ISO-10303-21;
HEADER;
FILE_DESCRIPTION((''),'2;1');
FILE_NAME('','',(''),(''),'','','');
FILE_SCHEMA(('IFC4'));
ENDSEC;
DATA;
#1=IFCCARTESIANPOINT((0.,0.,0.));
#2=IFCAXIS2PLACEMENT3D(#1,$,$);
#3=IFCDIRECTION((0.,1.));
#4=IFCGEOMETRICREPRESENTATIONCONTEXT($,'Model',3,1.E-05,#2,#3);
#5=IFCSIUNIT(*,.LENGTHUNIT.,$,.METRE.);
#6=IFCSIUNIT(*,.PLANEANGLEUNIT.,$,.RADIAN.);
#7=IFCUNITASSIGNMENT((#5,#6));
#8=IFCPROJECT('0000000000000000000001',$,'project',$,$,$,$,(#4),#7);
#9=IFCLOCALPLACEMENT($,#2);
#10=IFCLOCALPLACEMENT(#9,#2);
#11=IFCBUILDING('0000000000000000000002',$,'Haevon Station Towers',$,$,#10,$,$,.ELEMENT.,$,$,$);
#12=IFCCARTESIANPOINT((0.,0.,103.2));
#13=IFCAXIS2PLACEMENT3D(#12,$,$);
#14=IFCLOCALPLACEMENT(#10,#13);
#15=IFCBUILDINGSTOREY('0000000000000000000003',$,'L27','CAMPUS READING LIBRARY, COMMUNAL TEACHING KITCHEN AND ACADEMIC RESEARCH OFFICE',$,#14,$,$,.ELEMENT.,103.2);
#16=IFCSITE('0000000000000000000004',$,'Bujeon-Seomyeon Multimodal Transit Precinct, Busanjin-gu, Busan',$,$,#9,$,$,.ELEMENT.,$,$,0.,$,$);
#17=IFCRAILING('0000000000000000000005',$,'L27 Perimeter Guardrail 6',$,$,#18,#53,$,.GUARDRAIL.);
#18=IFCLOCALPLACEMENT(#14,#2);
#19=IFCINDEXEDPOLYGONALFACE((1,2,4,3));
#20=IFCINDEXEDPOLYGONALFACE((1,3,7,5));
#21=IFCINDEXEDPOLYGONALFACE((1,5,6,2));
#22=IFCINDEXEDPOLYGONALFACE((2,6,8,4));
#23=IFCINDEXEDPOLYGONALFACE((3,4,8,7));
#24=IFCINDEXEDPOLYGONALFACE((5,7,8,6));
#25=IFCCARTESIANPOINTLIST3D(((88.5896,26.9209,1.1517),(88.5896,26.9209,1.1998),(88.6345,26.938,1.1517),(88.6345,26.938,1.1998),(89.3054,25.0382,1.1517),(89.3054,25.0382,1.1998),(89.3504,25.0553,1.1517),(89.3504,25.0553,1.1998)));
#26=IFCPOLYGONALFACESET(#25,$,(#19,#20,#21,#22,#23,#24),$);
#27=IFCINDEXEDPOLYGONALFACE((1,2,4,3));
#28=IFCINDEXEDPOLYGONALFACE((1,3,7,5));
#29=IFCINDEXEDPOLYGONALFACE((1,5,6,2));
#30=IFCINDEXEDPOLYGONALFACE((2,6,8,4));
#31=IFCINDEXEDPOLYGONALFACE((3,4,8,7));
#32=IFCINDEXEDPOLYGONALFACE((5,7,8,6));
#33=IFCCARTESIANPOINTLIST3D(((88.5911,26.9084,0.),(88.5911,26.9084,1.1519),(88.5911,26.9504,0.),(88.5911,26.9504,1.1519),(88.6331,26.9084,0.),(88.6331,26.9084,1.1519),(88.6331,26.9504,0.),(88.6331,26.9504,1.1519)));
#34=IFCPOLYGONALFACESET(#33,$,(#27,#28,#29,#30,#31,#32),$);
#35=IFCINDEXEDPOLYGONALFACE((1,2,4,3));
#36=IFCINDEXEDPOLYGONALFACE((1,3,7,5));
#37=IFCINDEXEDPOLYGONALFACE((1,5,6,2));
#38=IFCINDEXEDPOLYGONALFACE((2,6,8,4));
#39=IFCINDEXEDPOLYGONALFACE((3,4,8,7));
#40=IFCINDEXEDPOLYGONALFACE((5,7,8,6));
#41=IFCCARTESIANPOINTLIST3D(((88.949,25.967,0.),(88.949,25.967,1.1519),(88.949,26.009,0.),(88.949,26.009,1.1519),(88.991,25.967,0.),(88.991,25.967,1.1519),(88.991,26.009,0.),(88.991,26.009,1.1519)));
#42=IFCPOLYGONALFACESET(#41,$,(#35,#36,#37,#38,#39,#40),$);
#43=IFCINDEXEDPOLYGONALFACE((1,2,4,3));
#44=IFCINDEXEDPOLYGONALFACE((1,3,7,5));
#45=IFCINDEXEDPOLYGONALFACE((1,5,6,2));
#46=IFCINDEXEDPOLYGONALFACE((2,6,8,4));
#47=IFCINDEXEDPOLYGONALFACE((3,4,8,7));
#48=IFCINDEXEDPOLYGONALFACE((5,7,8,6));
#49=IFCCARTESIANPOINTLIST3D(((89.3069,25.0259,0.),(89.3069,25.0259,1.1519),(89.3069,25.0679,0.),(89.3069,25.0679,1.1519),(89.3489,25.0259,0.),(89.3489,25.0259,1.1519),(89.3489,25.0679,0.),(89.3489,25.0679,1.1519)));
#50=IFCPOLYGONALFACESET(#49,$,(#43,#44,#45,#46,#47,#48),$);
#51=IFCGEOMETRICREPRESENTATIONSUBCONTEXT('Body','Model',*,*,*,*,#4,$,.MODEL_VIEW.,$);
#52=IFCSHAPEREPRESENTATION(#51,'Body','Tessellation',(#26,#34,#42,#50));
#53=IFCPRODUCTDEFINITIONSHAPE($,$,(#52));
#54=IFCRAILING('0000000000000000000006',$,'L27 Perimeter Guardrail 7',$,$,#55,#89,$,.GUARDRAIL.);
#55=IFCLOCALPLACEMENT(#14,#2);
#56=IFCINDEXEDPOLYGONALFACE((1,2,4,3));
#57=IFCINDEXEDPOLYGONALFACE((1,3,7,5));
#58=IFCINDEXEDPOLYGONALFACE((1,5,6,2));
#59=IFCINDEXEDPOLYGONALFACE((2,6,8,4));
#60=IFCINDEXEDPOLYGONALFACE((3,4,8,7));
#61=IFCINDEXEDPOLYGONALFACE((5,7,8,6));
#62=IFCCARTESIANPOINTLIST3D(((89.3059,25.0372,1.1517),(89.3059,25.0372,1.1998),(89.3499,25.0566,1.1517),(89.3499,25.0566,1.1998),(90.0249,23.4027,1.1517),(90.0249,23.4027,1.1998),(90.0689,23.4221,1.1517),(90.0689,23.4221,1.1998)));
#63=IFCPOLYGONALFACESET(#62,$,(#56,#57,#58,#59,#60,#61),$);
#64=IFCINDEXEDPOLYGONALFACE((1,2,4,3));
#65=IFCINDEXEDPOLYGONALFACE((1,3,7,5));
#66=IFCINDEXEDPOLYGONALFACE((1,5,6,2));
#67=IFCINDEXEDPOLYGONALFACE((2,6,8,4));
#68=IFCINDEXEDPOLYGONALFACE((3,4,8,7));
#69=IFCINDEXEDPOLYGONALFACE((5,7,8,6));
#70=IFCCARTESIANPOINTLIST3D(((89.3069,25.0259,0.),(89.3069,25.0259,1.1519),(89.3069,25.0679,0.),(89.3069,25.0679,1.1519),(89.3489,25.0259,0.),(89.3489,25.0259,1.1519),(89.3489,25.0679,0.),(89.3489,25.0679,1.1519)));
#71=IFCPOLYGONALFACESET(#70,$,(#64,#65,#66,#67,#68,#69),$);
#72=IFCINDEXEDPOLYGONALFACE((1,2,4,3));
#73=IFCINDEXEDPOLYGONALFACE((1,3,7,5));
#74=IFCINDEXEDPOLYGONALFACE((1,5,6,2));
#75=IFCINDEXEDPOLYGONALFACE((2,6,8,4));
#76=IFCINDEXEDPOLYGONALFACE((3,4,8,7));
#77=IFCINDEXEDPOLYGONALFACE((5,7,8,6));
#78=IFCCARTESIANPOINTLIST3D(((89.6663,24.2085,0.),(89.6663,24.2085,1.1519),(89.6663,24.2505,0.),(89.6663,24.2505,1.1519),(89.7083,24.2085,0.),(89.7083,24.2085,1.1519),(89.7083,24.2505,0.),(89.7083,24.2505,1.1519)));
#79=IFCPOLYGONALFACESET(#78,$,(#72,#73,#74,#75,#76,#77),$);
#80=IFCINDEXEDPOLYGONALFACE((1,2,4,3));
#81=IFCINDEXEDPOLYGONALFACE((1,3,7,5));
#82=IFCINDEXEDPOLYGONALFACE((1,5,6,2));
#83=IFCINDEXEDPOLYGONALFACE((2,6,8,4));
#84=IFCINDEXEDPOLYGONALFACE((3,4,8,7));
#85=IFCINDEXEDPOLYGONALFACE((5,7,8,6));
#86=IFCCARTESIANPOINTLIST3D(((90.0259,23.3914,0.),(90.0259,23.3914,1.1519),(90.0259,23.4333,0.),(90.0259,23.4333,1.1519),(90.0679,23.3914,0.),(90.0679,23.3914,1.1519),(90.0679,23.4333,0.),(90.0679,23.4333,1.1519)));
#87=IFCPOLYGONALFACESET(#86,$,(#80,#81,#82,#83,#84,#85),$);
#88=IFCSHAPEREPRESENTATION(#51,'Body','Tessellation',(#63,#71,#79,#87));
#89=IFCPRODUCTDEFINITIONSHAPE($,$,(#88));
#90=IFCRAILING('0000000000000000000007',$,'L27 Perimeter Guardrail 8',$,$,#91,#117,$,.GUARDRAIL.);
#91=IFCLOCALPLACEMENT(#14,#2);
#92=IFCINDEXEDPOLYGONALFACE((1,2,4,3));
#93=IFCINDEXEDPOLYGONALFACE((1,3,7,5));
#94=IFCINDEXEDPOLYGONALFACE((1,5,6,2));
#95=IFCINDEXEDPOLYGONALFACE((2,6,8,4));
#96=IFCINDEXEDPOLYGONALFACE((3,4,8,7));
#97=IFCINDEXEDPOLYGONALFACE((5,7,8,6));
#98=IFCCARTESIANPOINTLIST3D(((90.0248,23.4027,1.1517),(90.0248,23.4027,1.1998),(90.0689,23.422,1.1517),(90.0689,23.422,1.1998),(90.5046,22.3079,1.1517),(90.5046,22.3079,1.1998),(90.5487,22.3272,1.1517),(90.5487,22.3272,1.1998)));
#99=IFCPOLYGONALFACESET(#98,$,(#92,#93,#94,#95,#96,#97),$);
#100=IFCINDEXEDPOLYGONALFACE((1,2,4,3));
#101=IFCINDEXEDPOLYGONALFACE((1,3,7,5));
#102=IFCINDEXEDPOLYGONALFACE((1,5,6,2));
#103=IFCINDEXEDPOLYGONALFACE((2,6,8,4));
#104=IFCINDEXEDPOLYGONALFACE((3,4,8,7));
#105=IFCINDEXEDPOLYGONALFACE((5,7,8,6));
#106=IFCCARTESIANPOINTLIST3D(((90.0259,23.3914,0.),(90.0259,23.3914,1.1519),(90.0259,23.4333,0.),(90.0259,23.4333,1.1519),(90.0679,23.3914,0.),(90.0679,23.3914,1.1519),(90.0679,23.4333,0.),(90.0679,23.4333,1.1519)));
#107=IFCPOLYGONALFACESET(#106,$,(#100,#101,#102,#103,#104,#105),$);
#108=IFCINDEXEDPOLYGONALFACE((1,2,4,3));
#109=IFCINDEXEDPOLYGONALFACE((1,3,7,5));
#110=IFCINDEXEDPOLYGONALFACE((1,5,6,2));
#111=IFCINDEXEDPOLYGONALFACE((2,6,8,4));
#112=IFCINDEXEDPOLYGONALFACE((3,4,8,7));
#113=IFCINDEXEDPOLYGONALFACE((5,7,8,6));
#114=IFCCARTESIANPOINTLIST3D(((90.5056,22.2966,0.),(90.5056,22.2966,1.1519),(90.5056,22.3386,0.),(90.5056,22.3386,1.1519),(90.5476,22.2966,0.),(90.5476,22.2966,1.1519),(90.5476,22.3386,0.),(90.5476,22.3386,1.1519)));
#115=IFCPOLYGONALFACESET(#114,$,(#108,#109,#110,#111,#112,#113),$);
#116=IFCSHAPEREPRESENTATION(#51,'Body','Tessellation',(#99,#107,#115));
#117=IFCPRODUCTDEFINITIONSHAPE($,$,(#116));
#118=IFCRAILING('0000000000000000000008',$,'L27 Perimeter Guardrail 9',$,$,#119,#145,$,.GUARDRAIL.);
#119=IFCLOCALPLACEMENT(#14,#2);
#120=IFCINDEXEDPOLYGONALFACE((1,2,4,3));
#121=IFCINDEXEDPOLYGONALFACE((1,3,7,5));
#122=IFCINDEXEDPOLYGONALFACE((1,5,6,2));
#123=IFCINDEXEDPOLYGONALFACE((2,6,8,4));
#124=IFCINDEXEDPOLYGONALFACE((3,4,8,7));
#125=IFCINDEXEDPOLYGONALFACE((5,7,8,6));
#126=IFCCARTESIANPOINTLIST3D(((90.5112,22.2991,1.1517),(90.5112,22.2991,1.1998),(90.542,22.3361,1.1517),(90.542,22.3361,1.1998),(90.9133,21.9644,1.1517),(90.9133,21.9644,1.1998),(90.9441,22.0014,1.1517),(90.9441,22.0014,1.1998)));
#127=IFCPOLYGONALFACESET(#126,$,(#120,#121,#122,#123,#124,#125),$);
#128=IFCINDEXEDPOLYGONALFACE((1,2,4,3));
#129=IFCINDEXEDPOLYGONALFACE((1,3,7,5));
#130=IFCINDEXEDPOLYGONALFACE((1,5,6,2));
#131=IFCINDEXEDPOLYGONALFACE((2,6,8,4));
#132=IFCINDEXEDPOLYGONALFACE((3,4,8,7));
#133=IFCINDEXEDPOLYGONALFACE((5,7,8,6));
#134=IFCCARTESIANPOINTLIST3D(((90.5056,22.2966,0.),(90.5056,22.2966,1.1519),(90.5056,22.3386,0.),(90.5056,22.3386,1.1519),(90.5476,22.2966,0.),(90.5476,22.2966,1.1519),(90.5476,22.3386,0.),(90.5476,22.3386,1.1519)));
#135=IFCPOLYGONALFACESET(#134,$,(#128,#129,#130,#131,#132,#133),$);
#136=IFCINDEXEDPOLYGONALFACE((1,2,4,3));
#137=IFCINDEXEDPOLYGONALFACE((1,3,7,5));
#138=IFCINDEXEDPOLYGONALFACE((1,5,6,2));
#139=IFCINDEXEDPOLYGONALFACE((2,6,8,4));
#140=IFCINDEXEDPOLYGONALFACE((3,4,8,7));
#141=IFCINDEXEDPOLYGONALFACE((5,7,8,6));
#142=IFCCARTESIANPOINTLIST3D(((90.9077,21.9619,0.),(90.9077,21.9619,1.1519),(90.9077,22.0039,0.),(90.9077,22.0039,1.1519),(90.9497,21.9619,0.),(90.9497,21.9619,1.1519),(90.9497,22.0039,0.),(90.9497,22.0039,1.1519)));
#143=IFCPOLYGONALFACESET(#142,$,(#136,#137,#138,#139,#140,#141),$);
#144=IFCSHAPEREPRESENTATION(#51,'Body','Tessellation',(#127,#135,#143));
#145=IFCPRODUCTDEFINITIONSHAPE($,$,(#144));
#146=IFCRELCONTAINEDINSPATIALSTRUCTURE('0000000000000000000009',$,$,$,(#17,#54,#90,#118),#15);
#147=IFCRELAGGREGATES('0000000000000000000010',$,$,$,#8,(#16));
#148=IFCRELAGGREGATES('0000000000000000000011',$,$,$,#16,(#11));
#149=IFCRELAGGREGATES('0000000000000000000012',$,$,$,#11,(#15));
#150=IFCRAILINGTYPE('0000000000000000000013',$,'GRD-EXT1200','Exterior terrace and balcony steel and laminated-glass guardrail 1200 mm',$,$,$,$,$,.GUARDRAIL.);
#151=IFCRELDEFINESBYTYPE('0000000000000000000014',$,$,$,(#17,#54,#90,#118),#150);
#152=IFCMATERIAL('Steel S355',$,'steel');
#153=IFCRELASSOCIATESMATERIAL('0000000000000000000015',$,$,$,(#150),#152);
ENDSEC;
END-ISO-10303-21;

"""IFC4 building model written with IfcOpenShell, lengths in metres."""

from ifc_helpers import new_model, si_unit, direction, frame, origin, origin_2d, place, context, subcontext, project, spatial, rectangle, extrude, material, type_object, element, save


model = new_model("IFC4")

# Units and contexts
model_context = context("Model", 3, precision=1e-05, world=origin(), true_north=direction((0.0, 1.0)))
body_context = subcontext(model_context, "Body", "Model", "MODEL_VIEW")
ifc_project = project(units=[si_unit("LENGTHUNIT", "METRE"), si_unit("PLANEANGLEUNIT", "RADIAN")], contexts=[model_context])

# Site, building, storey
site_placement = place(None, origin())
site = spatial("IfcSite", under=ifc_project, at=site_placement, Name="Bujeon-Seomyeon Multimodal Transit Precinct, Busanjin-gu, Busan", CompositionType="ELEMENT", RefElevation=0.0)
building_placement = place(site_placement, origin())
building = spatial("IfcBuilding", under=site, at=building_placement, Name="Haevon Station Towers", CompositionType="ELEMENT")
storey_placement = place(building_placement, frame((0.0, 0.0, 103.2)))
storey = spatial("IfcBuildingStorey", under=building, at=storey_placement, Name="L27", Description="CAMPUS READING LIBRARY, COMMUNAL TEACHING KITCHEN AND ACADEMIC RESEARCH OFFICE", CompositionType="ELEMENT", Elevation=103.2)

# Shared definitions
ifc_material_1 = material(Name="Steel S355", Category="steel")

# Railings
railing_type = type_object("IfcRailingType", Name="GRD-EXT1200", Description="Exterior terrace and balcony steel and laminated-glass guardrail 1200 mm", PredefinedType="GUARDRAIL", material=ifc_material_1)
railing_1_placement = place(storey_placement, frame((88.6121, 26.9294, 0.0)))
element("IfcRailing", 1, at=railing_1_placement, inside=storey, type_object=railing_type, Name="L27 Perimeter Guardrail 6", PredefinedType="GUARDRAIL", context=body_context, shape_type="SweptSolid", body=[
    extrude(rectangle(XDim=0.0481, YDim=0.0481, at=origin_2d()), frame((0.0, 0.0, 1.1758), z_axis=(0.355411, -0.93471, 0.0), x_axis=(0.93471, 0.355411, 0.0)), (0.0, 0.0, 1.0), 2.0142),
    extrude(rectangle(XDim=0.042, YDim=0.042, at=origin_2d()), origin(), (0.0, 0.0, 1.0), 1.1519),
    extrude(rectangle(XDim=0.042, YDim=0.042, at=origin_2d()), frame((0.3579, -0.9414, 0.0)), (0.0, 0.0, 1.0), 1.1519),
    extrude(rectangle(XDim=0.042, YDim=0.042, at=origin_2d()), frame((0.7158, -1.8826, 0.0)), (0.0, 0.0, 1.0), 1.1519),
])
railing_2_placement = place(storey_placement, frame((89.3279, 25.0469, 0.0)))
element("IfcRailing", 2, at=railing_2_placement, inside=storey, type_object=railing_type, Name="L27 Perimeter Guardrail 7", PredefinedType="GUARDRAIL", context=body_context, shape_type="SweptSolid", body=[
    extrude(rectangle(XDim=0.0481, YDim=0.0481, at=origin_2d()), frame((0.0, 0.0, 1.1758), z_axis=(0.402647, -0.915355, 0.0), x_axis=(0.915355, 0.402647, 0.0)), (0.0, 0.0, 1.0), 1.7856),
    extrude(rectangle(XDim=0.042, YDim=0.042, at=origin_2d()), origin(), (0.0, 0.0, 1.0), 1.1519),
    extrude(rectangle(XDim=0.042, YDim=0.042, at=origin_2d()), frame((0.3594, -0.8174, 0.0)), (0.0, 0.0, 1.0), 1.1519),
    extrude(rectangle(XDim=0.042, YDim=0.042, at=origin_2d()), frame((0.719, -1.6345, 0.0)), (0.0, 0.0, 1.0), 1.1519),
])
railing_3_placement = place(storey_placement, frame((90.0469, 23.4124, 0.0)))
element("IfcRailing", 3, at=railing_3_placement, inside=storey, type_object=railing_type, Name="L27 Perimeter Guardrail 8", PredefinedType="GUARDRAIL", context=body_context, shape_type="SweptSolid", body=[
    extrude(rectangle(XDim=0.0481, YDim=0.0481, at=origin_2d()), frame((0.0, 0.0, 1.1758), z_axis=(0.401376, -0.915913, 0.0), x_axis=(0.915913, 0.401376, 0.0)), (0.0, 0.0, 1.0), 1.1953),
    extrude(rectangle(XDim=0.042, YDim=0.042, at=origin_2d()), origin(), (0.0, 0.0, 1.0), 1.1519),
    extrude(rectangle(XDim=0.042, YDim=0.042, at=origin_2d()), frame((0.4797, -1.0947, 0.0)), (0.0, 0.0, 1.0), 1.1519),
])
railing_4_placement = place(storey_placement, frame((90.5266, 22.3176, 0.0)))
element("IfcRailing", 4, at=railing_4_placement, inside=storey, type_object=railing_type, Name="L27 Perimeter Guardrail 9", PredefinedType="GUARDRAIL", context=body_context, shape_type="SweptSolid", body=[
    extrude(rectangle(XDim=0.0481, YDim=0.0481, at=origin_2d()), frame((0.0, 0.0, 1.1758), z_axis=(0.768565, -0.639771, 0.0), x_axis=(0.639771, 0.768565, 0.0)), (0.0, 0.0, 1.0), 0.5232),
    extrude(rectangle(XDim=0.042, YDim=0.042, at=origin_2d()), origin(), (0.0, 0.0, 1.0), 1.1519),
    extrude(rectangle(XDim=0.042, YDim=0.042, at=origin_2d()), frame((0.4021, -0.3347, 0.0)), (0.0, 0.0, 1.0), 1.1519),
])

save(model, "model.ifc")
